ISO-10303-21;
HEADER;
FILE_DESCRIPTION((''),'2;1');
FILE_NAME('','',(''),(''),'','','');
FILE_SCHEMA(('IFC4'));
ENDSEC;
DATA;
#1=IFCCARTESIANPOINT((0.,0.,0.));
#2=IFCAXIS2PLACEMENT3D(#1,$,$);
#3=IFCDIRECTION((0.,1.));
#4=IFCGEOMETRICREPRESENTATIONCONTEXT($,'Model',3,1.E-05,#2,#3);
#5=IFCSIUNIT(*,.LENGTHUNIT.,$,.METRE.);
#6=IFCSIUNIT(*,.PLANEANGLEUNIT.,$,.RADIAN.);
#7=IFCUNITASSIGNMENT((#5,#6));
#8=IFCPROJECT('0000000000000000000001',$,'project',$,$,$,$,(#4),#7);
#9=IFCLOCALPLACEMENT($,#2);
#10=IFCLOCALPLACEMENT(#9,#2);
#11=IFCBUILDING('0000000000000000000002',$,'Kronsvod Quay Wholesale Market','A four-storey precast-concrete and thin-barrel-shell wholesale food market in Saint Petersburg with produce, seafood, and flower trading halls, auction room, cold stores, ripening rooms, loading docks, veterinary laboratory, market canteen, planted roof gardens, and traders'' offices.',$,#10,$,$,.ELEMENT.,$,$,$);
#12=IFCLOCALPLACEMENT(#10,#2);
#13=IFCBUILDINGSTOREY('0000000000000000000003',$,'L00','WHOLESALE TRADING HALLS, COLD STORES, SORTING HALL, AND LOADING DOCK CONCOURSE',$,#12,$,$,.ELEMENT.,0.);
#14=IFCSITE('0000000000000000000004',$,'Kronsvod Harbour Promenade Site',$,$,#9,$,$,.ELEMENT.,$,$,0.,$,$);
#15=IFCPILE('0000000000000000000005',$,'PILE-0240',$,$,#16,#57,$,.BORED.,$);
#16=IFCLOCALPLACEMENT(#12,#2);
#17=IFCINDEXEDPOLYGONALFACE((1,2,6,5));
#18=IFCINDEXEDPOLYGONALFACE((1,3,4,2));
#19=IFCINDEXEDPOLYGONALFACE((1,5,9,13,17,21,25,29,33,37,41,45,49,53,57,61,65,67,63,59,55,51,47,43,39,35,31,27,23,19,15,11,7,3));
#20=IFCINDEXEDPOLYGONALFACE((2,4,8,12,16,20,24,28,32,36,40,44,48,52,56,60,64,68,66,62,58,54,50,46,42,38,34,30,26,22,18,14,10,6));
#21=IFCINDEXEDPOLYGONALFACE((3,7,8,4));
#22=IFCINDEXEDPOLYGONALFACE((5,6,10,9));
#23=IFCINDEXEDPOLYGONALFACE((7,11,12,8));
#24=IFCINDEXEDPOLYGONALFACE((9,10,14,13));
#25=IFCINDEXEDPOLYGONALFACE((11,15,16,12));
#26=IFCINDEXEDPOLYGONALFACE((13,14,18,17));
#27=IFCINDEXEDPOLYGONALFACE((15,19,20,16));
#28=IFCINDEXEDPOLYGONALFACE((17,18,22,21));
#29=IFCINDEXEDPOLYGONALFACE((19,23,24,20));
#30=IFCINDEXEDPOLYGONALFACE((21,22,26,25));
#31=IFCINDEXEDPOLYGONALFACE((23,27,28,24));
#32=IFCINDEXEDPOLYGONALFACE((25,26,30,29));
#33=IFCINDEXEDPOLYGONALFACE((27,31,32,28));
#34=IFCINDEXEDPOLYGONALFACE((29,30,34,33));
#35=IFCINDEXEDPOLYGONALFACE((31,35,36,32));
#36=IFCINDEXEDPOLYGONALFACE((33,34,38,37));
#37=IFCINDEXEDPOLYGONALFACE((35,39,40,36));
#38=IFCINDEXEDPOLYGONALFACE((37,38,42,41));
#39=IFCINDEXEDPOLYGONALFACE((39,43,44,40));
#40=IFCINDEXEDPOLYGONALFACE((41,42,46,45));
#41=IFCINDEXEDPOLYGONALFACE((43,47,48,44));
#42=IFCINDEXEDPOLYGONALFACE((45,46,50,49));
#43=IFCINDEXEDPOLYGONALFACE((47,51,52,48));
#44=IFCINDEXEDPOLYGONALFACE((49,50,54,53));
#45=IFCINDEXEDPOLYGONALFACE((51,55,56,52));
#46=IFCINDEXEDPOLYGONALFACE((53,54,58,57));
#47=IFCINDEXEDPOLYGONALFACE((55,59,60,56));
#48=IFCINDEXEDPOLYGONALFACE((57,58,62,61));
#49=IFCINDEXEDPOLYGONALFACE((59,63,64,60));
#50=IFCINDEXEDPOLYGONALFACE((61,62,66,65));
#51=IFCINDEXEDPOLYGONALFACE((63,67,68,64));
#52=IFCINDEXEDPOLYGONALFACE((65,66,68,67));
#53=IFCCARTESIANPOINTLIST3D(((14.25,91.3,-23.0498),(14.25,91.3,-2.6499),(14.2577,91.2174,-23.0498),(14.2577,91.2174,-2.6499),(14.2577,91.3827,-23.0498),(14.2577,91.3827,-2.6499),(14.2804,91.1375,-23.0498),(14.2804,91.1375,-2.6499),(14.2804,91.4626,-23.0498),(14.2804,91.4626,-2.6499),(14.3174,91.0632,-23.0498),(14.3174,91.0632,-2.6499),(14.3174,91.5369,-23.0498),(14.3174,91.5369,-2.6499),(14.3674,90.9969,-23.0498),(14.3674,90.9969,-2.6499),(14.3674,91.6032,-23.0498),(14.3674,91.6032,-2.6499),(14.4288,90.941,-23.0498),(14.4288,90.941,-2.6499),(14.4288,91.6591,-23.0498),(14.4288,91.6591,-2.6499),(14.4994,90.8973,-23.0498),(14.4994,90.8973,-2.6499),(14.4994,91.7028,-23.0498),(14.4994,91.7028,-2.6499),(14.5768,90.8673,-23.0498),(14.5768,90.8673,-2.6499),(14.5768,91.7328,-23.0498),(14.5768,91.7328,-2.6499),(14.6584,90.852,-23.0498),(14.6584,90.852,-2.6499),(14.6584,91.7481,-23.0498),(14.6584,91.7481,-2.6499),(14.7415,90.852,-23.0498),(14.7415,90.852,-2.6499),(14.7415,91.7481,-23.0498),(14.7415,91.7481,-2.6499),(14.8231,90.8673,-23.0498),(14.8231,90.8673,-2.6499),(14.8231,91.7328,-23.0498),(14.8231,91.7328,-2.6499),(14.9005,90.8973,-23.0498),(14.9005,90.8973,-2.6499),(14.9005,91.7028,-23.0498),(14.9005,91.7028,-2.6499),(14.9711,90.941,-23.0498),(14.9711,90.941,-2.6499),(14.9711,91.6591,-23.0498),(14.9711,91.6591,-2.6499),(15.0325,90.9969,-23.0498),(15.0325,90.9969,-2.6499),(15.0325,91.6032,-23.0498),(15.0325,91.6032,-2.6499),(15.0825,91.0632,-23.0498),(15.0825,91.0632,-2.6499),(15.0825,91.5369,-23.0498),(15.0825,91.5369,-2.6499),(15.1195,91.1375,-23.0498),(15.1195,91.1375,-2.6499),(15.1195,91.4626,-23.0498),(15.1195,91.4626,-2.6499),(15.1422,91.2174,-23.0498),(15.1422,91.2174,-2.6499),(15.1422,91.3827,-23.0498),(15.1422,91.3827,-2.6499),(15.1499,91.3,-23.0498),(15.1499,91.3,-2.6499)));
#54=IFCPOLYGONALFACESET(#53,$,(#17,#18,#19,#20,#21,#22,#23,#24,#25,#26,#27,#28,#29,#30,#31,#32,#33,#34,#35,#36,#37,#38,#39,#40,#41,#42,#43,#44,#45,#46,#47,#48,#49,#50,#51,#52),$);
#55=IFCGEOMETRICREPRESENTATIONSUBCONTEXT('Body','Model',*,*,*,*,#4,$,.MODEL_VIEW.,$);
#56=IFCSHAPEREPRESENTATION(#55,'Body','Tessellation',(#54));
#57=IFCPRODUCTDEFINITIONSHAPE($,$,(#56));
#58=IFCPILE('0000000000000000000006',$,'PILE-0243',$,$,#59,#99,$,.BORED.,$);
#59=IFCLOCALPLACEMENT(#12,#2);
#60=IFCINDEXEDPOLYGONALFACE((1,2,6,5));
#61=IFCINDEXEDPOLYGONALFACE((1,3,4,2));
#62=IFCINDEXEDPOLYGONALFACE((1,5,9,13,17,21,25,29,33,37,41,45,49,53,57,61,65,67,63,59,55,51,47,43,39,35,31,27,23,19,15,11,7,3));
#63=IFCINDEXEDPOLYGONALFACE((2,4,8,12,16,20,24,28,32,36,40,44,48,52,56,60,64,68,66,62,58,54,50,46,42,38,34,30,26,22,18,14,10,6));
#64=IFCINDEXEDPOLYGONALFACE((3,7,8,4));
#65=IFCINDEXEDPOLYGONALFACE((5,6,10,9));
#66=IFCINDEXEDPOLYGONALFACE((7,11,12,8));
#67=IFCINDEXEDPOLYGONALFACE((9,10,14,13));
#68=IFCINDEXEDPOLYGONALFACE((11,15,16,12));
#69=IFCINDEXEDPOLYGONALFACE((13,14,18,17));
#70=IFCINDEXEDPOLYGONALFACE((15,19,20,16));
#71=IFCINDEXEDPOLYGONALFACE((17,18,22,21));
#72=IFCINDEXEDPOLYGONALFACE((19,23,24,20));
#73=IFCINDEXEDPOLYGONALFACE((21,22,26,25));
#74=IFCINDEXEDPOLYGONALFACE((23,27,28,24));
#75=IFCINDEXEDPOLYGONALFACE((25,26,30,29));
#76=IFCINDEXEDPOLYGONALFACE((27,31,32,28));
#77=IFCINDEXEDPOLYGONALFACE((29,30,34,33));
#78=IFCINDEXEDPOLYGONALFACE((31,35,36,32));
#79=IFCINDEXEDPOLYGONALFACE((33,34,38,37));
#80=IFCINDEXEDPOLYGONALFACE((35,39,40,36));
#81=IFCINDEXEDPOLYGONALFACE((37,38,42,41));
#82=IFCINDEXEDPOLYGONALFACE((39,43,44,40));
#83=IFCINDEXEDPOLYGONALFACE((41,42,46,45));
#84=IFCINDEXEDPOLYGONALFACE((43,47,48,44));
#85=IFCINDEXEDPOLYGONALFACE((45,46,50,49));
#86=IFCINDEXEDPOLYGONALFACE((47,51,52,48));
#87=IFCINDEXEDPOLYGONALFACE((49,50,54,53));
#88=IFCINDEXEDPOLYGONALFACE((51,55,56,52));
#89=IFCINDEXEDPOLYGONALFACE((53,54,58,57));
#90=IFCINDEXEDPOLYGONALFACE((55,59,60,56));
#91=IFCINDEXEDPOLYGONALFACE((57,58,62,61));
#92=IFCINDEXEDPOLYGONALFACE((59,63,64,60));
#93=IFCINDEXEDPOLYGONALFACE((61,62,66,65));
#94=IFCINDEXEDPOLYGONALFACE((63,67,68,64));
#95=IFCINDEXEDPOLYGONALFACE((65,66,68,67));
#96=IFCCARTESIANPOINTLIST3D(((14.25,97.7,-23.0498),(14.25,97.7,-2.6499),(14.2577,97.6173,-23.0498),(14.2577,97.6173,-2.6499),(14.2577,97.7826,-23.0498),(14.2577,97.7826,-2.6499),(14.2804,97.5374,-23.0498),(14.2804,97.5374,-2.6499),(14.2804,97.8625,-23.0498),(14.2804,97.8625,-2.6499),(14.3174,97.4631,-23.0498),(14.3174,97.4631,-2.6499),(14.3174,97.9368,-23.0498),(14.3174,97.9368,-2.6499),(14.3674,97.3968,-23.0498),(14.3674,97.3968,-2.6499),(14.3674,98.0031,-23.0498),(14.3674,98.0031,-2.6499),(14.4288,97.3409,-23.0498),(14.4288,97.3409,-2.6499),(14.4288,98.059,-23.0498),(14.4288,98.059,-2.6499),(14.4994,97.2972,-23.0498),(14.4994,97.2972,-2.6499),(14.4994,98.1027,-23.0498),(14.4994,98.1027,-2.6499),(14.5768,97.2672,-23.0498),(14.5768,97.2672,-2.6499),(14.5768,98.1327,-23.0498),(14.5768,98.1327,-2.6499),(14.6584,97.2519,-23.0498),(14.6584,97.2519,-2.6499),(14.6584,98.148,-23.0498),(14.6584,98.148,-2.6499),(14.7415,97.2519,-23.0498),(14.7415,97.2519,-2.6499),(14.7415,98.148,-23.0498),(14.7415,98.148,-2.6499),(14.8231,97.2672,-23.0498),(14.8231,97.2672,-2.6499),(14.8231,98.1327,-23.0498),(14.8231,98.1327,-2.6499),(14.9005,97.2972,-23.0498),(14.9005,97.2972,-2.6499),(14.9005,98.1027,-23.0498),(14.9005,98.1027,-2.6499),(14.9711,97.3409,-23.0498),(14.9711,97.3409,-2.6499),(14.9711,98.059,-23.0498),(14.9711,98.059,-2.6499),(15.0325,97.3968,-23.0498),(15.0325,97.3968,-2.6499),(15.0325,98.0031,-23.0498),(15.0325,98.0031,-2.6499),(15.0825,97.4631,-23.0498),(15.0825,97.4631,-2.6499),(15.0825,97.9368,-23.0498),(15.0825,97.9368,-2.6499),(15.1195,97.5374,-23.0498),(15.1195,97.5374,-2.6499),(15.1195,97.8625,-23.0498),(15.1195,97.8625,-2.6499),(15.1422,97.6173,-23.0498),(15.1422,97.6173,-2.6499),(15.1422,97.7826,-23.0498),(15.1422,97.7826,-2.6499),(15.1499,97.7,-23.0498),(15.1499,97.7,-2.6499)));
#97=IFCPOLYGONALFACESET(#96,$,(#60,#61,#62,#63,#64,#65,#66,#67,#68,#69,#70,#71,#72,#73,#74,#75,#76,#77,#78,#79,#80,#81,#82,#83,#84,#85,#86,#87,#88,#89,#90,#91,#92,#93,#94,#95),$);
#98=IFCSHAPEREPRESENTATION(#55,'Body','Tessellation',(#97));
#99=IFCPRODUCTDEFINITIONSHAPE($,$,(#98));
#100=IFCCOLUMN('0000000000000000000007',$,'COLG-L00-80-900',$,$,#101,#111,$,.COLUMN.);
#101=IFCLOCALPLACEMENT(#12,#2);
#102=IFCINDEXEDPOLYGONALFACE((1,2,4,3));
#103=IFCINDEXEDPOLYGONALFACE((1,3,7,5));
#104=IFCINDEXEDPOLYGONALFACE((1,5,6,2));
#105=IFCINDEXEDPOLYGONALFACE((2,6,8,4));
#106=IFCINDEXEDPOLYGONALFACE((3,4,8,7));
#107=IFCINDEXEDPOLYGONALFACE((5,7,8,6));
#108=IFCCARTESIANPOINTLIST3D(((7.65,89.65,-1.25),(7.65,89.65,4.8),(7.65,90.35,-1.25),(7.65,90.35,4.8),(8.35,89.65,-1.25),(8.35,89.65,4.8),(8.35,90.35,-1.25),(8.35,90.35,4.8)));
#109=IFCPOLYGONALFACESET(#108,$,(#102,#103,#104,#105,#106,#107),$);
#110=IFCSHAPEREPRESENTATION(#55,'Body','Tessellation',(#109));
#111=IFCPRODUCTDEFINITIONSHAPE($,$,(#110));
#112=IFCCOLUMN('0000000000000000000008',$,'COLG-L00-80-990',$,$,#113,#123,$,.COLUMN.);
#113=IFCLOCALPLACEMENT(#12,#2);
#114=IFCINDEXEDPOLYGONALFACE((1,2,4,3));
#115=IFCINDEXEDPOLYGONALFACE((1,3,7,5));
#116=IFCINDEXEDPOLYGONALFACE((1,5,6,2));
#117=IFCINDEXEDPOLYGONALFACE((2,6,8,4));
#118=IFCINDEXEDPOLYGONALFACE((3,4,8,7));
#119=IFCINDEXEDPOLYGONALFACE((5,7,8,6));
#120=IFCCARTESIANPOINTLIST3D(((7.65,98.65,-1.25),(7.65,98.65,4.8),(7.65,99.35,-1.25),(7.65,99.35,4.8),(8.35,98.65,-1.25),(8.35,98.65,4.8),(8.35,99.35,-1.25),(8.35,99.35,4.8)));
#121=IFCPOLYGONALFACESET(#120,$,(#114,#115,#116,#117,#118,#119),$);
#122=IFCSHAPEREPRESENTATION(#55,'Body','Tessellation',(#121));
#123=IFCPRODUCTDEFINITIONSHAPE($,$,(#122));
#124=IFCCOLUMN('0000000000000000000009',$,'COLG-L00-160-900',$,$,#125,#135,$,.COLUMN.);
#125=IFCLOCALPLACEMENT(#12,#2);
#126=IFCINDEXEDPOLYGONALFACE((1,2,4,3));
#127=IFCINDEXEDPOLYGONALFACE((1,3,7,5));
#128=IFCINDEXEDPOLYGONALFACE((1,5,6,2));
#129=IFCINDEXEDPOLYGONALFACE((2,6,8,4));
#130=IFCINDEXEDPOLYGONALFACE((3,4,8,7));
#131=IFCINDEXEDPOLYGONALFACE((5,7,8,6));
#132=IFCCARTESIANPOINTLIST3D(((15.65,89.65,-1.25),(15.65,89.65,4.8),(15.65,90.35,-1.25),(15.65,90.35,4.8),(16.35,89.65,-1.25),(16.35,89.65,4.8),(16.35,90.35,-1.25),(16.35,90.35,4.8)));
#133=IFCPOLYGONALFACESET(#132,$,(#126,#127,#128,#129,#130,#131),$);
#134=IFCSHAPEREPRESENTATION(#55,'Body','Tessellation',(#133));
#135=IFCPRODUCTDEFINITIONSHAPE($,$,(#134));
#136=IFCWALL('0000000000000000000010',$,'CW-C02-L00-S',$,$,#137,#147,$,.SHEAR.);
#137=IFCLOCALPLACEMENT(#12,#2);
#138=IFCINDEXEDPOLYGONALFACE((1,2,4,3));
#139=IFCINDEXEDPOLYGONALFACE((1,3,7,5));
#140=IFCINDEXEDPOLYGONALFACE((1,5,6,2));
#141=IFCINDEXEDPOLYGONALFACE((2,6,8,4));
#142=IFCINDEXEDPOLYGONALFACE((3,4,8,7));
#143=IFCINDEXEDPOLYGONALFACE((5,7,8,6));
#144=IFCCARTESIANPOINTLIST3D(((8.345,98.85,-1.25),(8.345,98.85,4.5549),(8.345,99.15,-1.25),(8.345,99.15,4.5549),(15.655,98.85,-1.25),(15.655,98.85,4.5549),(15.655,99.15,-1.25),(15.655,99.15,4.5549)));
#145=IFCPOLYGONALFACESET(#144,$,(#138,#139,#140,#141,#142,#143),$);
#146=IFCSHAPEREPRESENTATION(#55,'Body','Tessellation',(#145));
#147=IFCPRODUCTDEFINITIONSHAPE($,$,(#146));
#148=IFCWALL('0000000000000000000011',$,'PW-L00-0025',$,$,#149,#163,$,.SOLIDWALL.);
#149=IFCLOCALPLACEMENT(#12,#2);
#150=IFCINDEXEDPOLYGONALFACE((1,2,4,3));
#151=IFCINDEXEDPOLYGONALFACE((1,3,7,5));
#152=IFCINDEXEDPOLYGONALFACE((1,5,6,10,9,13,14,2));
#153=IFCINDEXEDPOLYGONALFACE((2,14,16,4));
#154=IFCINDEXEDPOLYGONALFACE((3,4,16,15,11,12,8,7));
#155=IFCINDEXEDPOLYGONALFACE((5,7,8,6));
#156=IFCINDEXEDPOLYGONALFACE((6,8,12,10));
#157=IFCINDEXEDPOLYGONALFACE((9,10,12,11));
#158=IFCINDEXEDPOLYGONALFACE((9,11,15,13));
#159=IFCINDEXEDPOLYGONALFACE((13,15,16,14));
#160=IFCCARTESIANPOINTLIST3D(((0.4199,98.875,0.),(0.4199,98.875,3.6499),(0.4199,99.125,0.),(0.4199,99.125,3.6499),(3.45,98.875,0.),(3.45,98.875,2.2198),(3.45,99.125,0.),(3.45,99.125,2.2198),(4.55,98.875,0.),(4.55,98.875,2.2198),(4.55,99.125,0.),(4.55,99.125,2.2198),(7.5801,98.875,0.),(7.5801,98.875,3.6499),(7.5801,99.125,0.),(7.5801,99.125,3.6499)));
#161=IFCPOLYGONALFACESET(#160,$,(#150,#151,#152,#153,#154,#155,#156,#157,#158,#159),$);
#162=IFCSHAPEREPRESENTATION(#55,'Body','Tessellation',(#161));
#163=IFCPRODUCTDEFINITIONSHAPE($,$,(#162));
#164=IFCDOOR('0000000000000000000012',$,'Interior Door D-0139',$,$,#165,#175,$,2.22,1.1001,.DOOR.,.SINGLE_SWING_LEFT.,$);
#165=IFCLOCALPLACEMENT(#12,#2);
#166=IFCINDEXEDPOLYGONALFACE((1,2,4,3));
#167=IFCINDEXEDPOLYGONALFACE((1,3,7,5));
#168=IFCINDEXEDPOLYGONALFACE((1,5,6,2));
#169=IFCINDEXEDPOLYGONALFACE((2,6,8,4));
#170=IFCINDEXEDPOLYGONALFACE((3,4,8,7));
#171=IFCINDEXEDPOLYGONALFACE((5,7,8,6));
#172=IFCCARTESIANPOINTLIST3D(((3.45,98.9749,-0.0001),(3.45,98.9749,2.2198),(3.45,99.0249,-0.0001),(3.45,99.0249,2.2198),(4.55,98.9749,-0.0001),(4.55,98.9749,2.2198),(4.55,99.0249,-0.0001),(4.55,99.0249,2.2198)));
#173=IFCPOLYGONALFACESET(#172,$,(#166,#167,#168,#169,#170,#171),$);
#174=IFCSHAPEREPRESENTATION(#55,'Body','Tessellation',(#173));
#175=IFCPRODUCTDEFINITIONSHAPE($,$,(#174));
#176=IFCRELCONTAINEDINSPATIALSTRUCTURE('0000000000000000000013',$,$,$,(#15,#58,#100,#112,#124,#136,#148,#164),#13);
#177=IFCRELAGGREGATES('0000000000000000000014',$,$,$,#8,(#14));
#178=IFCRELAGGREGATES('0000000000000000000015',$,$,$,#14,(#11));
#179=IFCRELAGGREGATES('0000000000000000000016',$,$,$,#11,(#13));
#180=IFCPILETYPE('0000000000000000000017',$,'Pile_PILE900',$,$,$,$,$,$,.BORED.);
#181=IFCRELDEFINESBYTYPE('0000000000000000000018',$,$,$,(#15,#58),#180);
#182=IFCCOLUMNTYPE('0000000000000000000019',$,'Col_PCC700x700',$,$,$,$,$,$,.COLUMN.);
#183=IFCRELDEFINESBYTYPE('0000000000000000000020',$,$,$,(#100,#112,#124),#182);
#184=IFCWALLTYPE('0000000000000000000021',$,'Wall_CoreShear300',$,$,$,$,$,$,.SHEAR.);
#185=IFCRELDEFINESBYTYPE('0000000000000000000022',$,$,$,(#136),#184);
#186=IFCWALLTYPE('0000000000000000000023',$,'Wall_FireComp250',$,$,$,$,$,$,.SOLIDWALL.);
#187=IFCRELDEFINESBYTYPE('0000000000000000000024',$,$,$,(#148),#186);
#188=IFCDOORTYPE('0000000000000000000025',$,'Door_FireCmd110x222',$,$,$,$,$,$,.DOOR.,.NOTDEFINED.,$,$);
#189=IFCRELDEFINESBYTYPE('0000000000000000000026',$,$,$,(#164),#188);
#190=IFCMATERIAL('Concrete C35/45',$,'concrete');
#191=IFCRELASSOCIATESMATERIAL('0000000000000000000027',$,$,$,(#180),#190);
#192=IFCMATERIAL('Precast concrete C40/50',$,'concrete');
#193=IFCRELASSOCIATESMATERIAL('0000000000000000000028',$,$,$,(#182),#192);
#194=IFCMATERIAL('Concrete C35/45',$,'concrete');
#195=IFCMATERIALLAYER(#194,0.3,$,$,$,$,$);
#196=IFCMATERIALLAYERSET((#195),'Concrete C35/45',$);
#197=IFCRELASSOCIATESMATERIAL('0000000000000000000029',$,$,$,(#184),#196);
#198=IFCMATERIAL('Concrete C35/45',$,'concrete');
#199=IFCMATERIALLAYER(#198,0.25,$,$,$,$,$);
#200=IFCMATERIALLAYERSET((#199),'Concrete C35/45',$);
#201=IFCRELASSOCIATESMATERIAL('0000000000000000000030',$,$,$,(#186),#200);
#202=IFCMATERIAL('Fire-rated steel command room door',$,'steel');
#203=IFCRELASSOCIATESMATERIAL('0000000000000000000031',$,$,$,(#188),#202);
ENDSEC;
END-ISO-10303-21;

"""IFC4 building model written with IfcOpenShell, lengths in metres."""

from ifc_helpers import new_model, si_unit, direction, frame, frame_2d, origin, origin_2d, place, context, subcontext, project, spatial, rectangle, circle, extrude, material, layer, layer_set, material_profile, profile_set, type_object, element, fill, save


model = new_model("IFC4")

# Units and contexts
model_context = context("Model", 3, precision=1e-05, world=origin(), true_north=direction((0.0, 1.0)))
body_context = subcontext(model_context, "Body", "Model", "MODEL_VIEW")
ifc_project = project(units=[si_unit("LENGTHUNIT", "METRE"), si_unit("PLANEANGLEUNIT", "RADIAN")], contexts=[model_context])

# Site, building, storey
site_placement = place(None, origin())
site = spatial("IfcSite", under=ifc_project, at=site_placement, Name="Kronsvod Harbour Promenade Site", CompositionType="ELEMENT", RefElevation=0.0)
building_placement = place(site_placement, origin())
building = spatial("IfcBuilding", under=site, at=building_placement, Name="Kronsvod Quay Wholesale Market", Description="A four-storey precast-concrete and thin-barrel-shell wholesale food market in Saint Petersburg with produce, seafood, and flower trading halls, auction room, cold stores, ripening rooms, loading docks, veterinary laboratory, market canteen, planted roof gardens, and traders' offices.", CompositionType="ELEMENT")
storey_placement = place(building_placement, origin())
storey = spatial("IfcBuildingStorey", under=building, at=storey_placement, Name="L00", Description="WHOLESALE TRADING HALLS, COLD STORES, SORTING HALL, AND LOADING DOCK CONCOURSE", CompositionType="ELEMENT", Elevation=0.0)

# Piles
ifc_material_1 = material(Name="Concrete C35/45", Category="concrete")
ifc_material_profile_1 = material_profile(ifc_material_1, circle(Radius=0.45, at=origin_2d()), Name="PILE900")
ifc_profile_set_1 = profile_set([ifc_material_profile_1], Name="Concrete C35/45")
pile_type = type_object("IfcPileType", Name="Pile_PILE900", PredefinedType="BORED", material=ifc_profile_set_1)
for number, where, z_axis, x_axis, name in (
    (1, (14.7, 91.3, -2.6499), (0.0, 0.0, -1.0), (1.0, 0.0, 0.0), "PILE-0240"),
    (2, (14.7, 97.7, -2.6499), (0.0, 0.0, -1.0), (1.0, 0.0, 0.0), "PILE-0243"),
):
    element("IfcPile", number, at=place(storey_placement, frame(where, z_axis=z_axis, x_axis=x_axis)), inside=storey, type_object=pile_type, Name=name, PredefinedType="BORED", context=body_context, shape_type="SweptSolid", body=[
        extrude(circle(Radius=0.45, at=origin_2d()), origin(), (0.0, 0.0, 1.0), 20.3999),
    ])

# Columns
ifc_material_2 = material(Name="Precast concrete C40/50", Category="concrete")
ifc_material_profile_2 = material_profile(ifc_material_2, rectangle(XDim=0.7, YDim=0.7, at=origin_2d()), Name="PCC700x700")
ifc_profile_set_2 = profile_set([ifc_material_profile_2], Name="Precast concrete C40/50")
column_type = type_object("IfcColumnType", Name="Col_PCC700x700", PredefinedType="COLUMN", material=ifc_profile_set_2)
for number, where, z_axis, x_axis, name in (
    (3, (8.0, 90.0, -1.25), (0.0, 0.0, 1.0), (1.0, 0.0, 0.0), "COLG-L00-80-900"),
    (4, (8.0, 99.0, -1.25), (0.0, 0.0, 1.0), (1.0, 0.0, 0.0), "COLG-L00-80-990"),
    (5, (16.0, 90.0, -1.25), (0.0, 0.0, 1.0), (1.0, 0.0, 0.0), "COLG-L00-160-900"),
):
    element("IfcColumn", number, at=place(storey_placement, frame(where, z_axis=z_axis, x_axis=x_axis)), inside=storey, type_object=column_type, Name=name, PredefinedType="COLUMN", context=body_context, shape_type="SweptSolid", body=[
        extrude(rectangle(XDim=0.7, YDim=0.7, at=origin_2d()), origin(), (0.0, 0.0, 1.0), 6.05),
    ])

# Wall
ifc_material_3 = material(Name="Concrete C35/45", Category="concrete")
ifc_layer_1 = layer(ifc_material_3, 0.3)
ifc_layer_set_1 = layer_set([ifc_layer_1], Name="Concrete C35/45")
wall_type_1 = type_object("IfcWallType", Name="Wall_CoreShear300", PredefinedType="SHEAR", material=ifc_layer_set_1)
wall_1_placement = place(storey_placement, frame((8.345, 99.0, -1.25), z_axis=(0.0, 0.0, 1.0), x_axis=(1.0, 0.0, 0.0)))
element("IfcWall", 6, at=wall_1_placement, inside=storey, type_object=wall_type_1, Name="CW-C02-L00-S", PredefinedType="SHEAR", context=body_context, shape_type="SweptSolid", body=[
    extrude(rectangle(XDim=7.3101, YDim=0.3, at=frame_2d((3.655, 0.0))), origin(), (0.0, 0.0, 1.0), 5.8049),
])

# Wall, opening, door
ifc_material_4 = material(Name="Concrete C35/45", Category="concrete")
ifc_layer_2 = layer(ifc_material_4, 0.25)
ifc_layer_set_2 = layer_set([ifc_layer_2], Name="Concrete C35/45")
wall_type_2 = type_object("IfcWallType", Name="Wall_FireComp250", PredefinedType="SOLIDWALL", material=ifc_layer_set_2)
wall_2_placement = place(storey_placement, frame((0.4199, 99.0, 0.0), z_axis=(0.0, 0.0, 1.0), x_axis=(1.0, 0.0, 0.0)))
wall_2 = element("IfcWall", 7, at=wall_2_placement, inside=storey, type_object=wall_type_2, Name="PW-L00-0025", PredefinedType="SOLIDWALL", context=body_context, shape_type="SweptSolid", body=[
    extrude(rectangle(XDim=7.1602, YDim=0.25, at=frame_2d((3.5801, 0.0))), origin(), (0.0, 0.0, 1.0), 3.6499),
])
opening_1_placement = place(wall_2_placement, frame((3.03, 0.0, 0.0)))
opening_1 = element("IfcOpeningElement", 8, at=opening_1_placement, cuts=wall_2, PredefinedType="OPENING", context=body_context, shape_type="SweptSolid", body=[
    extrude(rectangle(XDim=1.1001, YDim=2.22, at=frame_2d((0.55, 1.1099))), frame((0.0, 0.135, 0.0), z_axis=(0.0, -1.0, 0.0), x_axis=(1.0, 0.0, 0.0)), (0.0, 0.0, 1.0), 0.27),
])
ifc_material_5 = material(Name="Fire-rated steel command room door", Category="steel")
door_type_1 = type_object("IfcDoorType", Name="Door_FireCmd110x222", OperationType="NOTDEFINED", PredefinedType="DOOR", material=ifc_material_5)
door_1_placement = place(opening_1_placement, origin())
door_1 = element("IfcDoor", 9, at=door_1_placement, inside=storey, type_object=door_type_1, Name="Interior Door D-0139", OperationType="SINGLE_SWING_LEFT", OverallHeight=2.22, OverallWidth=1.1001, PredefinedType="DOOR", context=body_context, shape_type="SweptSolid", body=[
    extrude(rectangle(XDim=1.1001, YDim=2.22, at=frame_2d((0.55, 1.1099))), frame((0.0, 0.0249, 0.0), z_axis=(0.0, -1.0, 0.0), x_axis=(1.0, 0.0, 0.0)), (0.0, 0.0, 1.0), 0.05),
])
fill(opening_1, door_1)

save(model, "model.ifc")
